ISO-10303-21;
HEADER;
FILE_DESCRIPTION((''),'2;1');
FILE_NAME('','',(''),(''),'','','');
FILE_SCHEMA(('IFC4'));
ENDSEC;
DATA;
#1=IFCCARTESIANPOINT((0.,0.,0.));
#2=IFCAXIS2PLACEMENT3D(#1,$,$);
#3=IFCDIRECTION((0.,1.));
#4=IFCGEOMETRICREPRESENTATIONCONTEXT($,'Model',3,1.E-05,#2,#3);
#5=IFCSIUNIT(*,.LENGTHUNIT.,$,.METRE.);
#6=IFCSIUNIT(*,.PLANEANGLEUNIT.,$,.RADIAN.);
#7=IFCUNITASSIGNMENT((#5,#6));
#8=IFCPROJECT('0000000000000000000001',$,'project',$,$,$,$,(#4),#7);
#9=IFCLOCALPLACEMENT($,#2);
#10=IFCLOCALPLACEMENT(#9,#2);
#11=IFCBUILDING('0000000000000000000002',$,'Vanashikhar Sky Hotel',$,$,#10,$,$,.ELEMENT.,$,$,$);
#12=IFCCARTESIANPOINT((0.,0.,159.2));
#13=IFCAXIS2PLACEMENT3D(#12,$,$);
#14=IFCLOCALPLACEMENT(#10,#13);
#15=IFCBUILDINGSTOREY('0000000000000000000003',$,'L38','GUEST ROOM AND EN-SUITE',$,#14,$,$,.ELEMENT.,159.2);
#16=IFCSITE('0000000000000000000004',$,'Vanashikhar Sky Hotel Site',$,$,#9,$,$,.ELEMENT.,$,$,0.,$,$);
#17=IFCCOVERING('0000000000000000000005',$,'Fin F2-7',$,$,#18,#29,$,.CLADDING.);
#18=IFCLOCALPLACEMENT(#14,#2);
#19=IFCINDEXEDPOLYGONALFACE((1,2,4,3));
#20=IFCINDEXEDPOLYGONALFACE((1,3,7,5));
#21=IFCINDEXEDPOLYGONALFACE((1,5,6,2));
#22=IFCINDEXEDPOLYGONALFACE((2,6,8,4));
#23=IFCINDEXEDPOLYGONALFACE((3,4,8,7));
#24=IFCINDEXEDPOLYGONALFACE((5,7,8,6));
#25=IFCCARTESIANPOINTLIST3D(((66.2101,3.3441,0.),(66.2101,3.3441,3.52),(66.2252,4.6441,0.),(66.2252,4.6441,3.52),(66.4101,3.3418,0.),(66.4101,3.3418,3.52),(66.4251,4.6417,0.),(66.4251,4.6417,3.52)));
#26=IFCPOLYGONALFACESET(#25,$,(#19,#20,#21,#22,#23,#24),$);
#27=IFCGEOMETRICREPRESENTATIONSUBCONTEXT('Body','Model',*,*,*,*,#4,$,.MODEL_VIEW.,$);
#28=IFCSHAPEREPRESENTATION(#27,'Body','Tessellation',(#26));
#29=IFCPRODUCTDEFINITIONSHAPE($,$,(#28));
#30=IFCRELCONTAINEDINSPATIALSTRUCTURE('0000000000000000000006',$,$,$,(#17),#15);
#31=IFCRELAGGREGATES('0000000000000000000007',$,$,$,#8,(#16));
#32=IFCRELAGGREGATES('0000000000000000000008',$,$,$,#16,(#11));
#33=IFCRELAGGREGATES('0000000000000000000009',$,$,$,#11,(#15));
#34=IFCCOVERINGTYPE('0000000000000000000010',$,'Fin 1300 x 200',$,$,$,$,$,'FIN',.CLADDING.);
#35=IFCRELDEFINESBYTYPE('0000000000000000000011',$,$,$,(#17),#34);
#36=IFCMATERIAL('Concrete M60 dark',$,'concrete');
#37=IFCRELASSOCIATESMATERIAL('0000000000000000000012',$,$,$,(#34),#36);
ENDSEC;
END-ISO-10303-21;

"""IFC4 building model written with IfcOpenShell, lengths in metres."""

from ifc_helpers import new_model, si_unit, direction, frame, origin, origin_2d, place, context, subcontext, project, spatial, rectangle, extrude, source, transform, mapped, material, material_profile, profile_set, type_object, element, save


model = new_model("IFC4")

# Units and contexts
model_context = context("Model", 3, precision=1e-05, world=origin(), true_north=direction((0.0, 1.0)))
body_context = subcontext(model_context, "Body", "Model", "MODEL_VIEW")
ifc_project = project(units=[si_unit("LENGTHUNIT", "METRE"), si_unit("PLANEANGLEUNIT", "RADIAN")], contexts=[model_context])

# Site, building, storey
site_placement = place(None, origin())
site = spatial("IfcSite", under=ifc_project, at=site_placement, Name="Vanashikhar Sky Hotel Site", CompositionType="ELEMENT", RefElevation=0.0)
building_placement = place(site_placement, origin())
building = spatial("IfcBuilding", under=site, at=building_placement, Name="Vanashikhar Sky Hotel", CompositionType="ELEMENT")
storey_placement = place(building_placement, frame((0.0, 0.0, 159.2)))
storey = spatial("IfcBuildingStorey", under=building, at=storey_placement, Name="L38", Description="GUEST ROOM AND EN-SUITE", CompositionType="ELEMENT", Elevation=159.2)

# Covering
ifc_material_1 = material(Name="Concrete M60 dark", Category="concrete")
ifc_material_profile = material_profile(ifc_material_1, rectangle(XDim=1.3, YDim=0.2, at=origin_2d()))
ifc_profile_set = profile_set([ifc_material_profile], Name="Fin 1300 x 200")
covering_type = type_object("IfcCoveringType", Name="Fin 1300 x 200", ElementType="FIN", PredefinedType="CLADDING", material=ifc_profile_set)
shared_shape_1 = source(origin(), body_context, "Body", "SweptSolid", [
    extrude(rectangle(XDim=1.3, YDim=0.2, at=origin_2d()), origin(), (0.0, 0.0, 1.0), 3.52),
])
for number, where, z_axis, x_axis, name in (
    (1, (66.3176, 3.9929, 0.0), (0.0, 0.0, 1.0), (-0.011589, -0.999933, 0.0), "Fin F2-7"),
):
    element("IfcCovering", number, at=place(storey_placement, frame(where, z_axis=z_axis, x_axis=x_axis)), inside=storey, type_object=covering_type, Name=name, PredefinedType="CLADDING", context=body_context, shape_type="MappedRepresentation", body=[
        mapped(shared_shape_1, transform((0.0, 0.0, 0.0), scale=1.0)),
    ])

save(model, "model.ifc")
